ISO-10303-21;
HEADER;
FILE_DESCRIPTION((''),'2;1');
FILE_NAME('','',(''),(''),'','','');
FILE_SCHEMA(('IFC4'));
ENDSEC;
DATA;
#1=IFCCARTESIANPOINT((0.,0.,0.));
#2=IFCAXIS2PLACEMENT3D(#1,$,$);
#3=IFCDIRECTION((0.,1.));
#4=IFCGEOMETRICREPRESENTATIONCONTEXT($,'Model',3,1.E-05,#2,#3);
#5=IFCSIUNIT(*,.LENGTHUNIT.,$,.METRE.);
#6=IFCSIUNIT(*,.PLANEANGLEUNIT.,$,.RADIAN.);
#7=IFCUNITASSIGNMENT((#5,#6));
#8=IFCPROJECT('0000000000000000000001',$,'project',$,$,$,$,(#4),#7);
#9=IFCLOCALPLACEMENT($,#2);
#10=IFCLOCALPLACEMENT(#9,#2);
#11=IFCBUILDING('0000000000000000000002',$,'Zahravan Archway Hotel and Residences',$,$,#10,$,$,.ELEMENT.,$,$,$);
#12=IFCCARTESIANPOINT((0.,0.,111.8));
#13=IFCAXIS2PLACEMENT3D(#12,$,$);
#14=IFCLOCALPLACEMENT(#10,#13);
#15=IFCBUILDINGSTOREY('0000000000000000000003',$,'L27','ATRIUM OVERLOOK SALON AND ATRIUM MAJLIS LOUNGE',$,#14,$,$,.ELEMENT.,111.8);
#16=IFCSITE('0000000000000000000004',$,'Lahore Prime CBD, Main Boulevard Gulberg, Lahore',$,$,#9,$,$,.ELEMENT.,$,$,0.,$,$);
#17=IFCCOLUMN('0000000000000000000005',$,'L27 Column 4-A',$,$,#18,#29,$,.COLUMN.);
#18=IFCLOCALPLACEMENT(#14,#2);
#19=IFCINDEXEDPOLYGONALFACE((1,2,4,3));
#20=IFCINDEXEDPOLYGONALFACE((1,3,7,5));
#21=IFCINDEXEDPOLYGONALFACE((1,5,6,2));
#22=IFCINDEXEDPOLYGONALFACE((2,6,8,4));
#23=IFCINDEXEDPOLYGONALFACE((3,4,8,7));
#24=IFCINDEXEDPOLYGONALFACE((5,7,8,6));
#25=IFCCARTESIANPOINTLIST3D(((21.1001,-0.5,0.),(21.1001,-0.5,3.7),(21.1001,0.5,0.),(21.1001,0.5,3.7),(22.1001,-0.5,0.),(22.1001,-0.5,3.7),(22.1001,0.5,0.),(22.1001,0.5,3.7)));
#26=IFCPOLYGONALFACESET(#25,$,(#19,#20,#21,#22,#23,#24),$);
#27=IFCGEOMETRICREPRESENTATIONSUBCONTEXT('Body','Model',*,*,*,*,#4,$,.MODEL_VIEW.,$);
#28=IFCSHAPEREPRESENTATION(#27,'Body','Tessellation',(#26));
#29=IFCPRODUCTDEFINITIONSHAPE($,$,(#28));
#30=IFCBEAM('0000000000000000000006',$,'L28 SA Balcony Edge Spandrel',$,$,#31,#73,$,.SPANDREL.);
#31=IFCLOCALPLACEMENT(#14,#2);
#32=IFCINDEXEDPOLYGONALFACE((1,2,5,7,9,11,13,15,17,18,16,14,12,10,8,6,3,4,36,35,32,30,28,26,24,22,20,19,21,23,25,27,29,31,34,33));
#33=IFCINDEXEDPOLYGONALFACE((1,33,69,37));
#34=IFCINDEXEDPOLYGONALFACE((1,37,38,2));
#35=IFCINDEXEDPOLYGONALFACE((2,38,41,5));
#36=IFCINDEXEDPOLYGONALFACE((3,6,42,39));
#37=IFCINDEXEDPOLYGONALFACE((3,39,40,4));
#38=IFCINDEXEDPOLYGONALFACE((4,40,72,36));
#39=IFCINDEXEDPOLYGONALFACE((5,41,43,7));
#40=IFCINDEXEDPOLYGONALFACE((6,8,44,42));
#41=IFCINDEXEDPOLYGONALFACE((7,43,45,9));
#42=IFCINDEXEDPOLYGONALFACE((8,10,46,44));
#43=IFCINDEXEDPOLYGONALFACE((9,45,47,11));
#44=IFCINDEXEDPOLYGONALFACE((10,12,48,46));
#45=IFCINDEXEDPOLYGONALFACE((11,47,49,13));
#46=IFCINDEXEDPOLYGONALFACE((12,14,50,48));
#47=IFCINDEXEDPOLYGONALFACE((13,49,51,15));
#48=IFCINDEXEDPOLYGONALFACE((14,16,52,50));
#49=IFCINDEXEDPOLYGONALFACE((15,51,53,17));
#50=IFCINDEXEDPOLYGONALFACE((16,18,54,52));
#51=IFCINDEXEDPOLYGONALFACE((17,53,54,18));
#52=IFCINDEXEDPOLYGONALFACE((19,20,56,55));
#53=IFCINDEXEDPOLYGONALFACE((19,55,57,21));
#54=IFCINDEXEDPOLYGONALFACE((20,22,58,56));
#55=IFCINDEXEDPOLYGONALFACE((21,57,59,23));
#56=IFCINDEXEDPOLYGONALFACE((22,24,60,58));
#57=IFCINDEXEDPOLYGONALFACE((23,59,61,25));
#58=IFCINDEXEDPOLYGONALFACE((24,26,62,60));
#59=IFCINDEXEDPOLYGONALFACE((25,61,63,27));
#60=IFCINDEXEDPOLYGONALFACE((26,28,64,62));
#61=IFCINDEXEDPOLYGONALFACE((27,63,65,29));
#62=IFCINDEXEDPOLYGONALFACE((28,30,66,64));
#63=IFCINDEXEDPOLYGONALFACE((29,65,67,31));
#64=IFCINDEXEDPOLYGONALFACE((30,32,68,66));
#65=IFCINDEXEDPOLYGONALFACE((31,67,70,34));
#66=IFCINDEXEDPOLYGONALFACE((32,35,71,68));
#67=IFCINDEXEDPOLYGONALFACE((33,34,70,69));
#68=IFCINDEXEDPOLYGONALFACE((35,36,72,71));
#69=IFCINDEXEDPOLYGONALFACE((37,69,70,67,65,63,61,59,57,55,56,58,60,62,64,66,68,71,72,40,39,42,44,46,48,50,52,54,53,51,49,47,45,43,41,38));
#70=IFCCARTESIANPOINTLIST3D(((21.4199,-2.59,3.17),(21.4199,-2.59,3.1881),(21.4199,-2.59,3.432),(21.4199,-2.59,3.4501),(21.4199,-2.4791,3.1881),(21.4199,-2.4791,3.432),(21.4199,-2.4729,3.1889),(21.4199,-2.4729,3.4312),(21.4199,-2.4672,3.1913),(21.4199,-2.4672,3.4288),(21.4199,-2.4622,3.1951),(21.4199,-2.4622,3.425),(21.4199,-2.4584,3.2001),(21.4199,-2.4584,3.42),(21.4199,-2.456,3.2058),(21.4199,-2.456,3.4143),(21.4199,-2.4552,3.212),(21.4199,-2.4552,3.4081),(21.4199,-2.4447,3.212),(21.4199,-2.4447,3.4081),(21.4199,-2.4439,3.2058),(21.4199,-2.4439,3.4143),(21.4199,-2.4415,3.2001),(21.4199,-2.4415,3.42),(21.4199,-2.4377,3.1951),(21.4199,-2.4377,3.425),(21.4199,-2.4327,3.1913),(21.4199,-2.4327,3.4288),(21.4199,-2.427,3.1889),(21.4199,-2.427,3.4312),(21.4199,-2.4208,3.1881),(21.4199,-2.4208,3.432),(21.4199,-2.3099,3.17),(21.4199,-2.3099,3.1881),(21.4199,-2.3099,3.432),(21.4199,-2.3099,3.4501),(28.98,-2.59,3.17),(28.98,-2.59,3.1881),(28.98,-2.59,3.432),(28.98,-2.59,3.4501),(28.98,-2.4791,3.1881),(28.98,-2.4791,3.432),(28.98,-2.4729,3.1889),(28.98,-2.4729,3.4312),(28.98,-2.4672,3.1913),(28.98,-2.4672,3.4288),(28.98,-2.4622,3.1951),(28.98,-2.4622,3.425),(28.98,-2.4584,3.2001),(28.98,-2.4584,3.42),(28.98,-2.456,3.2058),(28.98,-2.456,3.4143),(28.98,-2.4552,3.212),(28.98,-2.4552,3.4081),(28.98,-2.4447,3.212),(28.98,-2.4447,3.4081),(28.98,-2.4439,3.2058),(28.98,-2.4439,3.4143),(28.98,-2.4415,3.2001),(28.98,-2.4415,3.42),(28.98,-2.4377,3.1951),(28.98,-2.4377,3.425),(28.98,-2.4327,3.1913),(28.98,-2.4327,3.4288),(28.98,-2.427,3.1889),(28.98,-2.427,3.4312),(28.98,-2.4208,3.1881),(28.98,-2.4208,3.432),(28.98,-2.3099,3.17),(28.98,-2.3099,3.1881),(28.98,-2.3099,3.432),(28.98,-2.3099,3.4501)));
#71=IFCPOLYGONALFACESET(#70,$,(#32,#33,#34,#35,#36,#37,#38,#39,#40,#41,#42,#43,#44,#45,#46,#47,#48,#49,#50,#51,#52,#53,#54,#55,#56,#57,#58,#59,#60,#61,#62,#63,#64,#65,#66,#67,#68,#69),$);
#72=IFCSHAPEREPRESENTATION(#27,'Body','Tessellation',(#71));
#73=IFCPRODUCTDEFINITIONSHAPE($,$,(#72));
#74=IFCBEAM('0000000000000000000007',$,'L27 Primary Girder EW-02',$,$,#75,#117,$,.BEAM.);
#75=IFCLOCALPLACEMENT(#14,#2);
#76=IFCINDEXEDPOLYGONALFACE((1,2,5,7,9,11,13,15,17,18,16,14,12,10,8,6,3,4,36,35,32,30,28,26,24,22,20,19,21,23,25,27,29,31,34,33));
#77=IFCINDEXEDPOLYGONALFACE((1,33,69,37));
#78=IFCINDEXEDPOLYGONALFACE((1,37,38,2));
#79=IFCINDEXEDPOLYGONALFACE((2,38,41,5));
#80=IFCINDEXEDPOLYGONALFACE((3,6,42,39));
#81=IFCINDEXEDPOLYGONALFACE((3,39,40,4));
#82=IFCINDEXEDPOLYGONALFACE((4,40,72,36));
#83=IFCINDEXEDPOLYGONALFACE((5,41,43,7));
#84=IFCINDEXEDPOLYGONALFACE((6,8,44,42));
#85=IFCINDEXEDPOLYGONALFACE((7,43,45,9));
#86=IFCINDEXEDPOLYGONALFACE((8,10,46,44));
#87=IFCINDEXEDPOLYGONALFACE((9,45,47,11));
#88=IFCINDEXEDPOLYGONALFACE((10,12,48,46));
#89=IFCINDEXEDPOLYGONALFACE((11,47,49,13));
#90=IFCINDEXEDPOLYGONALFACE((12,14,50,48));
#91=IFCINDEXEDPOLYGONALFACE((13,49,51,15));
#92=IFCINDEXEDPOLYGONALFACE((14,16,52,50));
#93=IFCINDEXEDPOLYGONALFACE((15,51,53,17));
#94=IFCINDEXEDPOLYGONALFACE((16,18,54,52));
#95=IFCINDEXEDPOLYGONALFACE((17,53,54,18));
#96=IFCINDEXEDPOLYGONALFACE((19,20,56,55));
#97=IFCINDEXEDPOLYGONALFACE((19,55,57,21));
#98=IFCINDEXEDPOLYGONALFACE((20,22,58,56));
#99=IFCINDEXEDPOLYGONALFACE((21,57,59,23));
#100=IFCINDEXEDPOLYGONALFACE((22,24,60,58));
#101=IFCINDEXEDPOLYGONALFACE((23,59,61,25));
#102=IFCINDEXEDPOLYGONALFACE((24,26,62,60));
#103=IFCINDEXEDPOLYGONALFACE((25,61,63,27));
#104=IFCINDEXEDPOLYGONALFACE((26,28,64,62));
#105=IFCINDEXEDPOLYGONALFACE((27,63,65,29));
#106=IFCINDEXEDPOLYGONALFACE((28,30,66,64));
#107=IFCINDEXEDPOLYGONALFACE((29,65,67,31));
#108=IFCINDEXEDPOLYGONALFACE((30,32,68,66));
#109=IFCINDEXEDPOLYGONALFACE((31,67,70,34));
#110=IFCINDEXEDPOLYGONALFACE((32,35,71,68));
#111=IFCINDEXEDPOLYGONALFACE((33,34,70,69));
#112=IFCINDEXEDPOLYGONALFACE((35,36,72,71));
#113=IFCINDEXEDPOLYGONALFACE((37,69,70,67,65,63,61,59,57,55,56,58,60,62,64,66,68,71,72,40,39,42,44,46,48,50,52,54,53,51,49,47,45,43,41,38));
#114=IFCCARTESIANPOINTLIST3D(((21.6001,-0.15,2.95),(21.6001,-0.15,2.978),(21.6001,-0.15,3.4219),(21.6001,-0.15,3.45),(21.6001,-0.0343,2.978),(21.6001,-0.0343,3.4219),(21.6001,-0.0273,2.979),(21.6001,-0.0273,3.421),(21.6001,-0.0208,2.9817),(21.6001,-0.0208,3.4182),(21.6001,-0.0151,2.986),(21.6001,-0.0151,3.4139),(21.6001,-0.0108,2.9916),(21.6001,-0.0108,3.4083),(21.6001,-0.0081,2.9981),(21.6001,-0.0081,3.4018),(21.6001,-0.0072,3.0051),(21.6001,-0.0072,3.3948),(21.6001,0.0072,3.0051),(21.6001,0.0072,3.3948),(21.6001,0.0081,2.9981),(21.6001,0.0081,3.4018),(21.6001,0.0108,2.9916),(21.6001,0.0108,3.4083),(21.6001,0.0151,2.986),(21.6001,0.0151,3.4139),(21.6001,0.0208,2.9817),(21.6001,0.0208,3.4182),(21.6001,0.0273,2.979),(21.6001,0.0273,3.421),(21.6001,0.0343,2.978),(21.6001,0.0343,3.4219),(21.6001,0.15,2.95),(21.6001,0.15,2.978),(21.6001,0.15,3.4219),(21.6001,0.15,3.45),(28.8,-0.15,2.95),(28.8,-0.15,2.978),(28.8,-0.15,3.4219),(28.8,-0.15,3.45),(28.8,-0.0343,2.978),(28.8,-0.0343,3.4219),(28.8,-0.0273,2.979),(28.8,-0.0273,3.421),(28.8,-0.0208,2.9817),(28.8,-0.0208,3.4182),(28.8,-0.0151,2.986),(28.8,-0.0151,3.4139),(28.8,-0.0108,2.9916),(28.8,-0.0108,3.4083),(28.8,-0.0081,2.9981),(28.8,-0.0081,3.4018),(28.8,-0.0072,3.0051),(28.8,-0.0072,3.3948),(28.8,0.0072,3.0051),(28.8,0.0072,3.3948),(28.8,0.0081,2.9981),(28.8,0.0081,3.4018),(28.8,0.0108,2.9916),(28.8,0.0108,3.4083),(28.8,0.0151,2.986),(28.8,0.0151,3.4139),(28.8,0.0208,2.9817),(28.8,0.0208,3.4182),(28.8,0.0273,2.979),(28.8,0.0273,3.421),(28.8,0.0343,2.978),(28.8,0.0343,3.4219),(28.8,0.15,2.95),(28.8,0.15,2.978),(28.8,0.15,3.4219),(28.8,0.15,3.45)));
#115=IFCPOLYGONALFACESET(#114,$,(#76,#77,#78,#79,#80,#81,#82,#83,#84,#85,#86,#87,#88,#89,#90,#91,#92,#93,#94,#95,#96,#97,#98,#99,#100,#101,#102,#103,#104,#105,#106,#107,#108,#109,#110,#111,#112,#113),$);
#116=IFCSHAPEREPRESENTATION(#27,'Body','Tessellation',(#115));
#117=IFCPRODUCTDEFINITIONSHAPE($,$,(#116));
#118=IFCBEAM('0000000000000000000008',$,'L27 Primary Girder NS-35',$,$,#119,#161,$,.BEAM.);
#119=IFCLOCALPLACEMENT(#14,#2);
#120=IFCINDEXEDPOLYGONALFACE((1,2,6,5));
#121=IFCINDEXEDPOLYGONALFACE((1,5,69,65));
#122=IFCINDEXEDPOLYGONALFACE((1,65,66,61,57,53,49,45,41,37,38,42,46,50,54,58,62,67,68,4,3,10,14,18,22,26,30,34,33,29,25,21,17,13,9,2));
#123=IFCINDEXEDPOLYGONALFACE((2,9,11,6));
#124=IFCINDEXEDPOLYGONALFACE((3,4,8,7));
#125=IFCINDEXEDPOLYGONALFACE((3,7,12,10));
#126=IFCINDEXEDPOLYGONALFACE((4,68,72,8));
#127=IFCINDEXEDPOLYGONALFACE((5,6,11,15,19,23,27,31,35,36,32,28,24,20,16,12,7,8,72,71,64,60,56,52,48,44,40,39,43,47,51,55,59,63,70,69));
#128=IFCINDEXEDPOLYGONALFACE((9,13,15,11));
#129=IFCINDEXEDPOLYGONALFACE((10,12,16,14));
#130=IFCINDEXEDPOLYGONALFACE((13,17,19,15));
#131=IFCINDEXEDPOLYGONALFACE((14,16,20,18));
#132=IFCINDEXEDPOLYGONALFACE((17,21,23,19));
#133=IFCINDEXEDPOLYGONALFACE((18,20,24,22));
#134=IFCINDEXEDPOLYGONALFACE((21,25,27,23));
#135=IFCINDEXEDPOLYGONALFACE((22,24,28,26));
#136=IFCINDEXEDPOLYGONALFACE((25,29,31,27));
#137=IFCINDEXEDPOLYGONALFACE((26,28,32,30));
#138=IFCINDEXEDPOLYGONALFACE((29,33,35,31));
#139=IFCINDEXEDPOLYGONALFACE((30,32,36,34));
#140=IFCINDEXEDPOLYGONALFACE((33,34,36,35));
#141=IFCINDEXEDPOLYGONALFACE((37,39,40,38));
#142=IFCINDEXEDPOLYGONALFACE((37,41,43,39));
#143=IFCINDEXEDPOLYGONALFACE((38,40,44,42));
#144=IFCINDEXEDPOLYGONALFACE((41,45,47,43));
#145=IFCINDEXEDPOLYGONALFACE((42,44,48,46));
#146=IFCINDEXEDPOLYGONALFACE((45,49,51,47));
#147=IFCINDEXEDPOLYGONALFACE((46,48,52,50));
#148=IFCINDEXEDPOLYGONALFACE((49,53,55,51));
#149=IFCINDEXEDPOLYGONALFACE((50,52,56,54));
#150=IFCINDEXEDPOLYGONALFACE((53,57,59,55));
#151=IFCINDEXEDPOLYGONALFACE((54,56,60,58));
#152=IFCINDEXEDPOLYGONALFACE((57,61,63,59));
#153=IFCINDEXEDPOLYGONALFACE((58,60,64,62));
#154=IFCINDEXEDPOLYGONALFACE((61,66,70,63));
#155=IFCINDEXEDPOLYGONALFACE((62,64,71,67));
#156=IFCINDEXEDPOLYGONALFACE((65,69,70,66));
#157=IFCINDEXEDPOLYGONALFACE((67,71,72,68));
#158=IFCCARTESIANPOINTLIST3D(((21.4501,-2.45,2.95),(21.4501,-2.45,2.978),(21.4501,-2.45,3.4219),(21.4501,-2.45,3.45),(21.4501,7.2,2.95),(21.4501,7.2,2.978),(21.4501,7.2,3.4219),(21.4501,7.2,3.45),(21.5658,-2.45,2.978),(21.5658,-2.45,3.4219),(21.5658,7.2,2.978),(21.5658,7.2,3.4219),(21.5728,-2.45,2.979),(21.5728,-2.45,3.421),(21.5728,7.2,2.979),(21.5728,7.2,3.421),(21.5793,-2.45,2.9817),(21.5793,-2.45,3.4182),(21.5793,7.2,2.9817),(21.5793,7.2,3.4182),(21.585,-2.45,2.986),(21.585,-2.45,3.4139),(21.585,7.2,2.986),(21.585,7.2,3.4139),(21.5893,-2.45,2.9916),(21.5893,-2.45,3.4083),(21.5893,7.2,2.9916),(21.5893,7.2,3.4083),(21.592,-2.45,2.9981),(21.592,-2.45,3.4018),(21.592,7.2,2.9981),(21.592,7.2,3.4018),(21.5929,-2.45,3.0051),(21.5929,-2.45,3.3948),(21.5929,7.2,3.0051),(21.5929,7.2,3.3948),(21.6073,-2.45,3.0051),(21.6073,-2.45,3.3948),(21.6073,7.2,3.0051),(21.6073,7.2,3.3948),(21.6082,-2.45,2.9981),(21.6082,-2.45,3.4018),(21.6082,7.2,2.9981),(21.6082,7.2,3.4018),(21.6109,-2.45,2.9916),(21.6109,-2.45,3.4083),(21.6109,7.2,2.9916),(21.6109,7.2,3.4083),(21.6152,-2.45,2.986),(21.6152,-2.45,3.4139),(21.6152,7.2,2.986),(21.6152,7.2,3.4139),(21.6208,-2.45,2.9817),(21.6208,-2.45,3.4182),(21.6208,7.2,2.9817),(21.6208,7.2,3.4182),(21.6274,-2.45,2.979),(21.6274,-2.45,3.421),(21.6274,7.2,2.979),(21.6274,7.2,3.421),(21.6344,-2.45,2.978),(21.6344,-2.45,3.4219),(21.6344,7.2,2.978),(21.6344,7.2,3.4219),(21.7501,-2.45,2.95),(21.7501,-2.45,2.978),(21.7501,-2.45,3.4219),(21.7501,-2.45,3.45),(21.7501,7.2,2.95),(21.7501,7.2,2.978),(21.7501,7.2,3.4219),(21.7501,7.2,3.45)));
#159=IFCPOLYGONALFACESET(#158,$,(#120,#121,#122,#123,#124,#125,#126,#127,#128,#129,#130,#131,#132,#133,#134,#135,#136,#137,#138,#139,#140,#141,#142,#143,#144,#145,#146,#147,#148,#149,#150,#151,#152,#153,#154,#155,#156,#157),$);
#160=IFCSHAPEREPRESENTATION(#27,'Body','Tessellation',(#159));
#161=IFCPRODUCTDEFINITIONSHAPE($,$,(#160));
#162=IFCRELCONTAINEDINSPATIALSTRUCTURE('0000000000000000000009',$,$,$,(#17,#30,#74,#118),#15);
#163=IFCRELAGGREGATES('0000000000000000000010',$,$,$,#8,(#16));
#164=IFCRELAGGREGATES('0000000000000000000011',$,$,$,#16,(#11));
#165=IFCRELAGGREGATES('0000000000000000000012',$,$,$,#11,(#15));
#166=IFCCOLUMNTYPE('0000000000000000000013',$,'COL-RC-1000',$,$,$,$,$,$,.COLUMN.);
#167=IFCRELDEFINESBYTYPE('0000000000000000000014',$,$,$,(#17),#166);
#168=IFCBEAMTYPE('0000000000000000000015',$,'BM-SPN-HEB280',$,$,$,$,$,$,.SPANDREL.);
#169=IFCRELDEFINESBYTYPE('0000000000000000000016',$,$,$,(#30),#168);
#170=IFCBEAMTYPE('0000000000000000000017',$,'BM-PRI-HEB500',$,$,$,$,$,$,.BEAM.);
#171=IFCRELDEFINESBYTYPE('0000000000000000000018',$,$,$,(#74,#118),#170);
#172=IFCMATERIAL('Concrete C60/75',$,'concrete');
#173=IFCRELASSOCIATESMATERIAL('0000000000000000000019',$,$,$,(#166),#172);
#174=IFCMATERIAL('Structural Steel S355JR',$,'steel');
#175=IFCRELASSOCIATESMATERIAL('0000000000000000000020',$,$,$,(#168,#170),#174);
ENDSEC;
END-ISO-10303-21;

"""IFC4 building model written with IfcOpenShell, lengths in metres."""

from ifc_helpers import new_model, si_unit, direction, frame, origin, origin_2d, place, context, subcontext, project, spatial, rectangle, i_section, extrude, source, transform, mapped, material, material_profile, profile_set, type_object, type_shapes, element, save


model = new_model("IFC4")

# Units and contexts
model_context = context("Model", 3, precision=1e-05, world=origin(), true_north=direction((0.0, 1.0)))
body_context = subcontext(model_context, "Body", "Model", "MODEL_VIEW")
ifc_project = project(units=[si_unit("LENGTHUNIT", "METRE"), si_unit("PLANEANGLEUNIT", "RADIAN")], contexts=[model_context])

# Site, building, storey
site_placement = place(None, origin())
site = spatial("IfcSite", under=ifc_project, at=site_placement, Name="Lahore Prime CBD, Main Boulevard Gulberg, Lahore", CompositionType="ELEMENT", RefElevation=0.0)
building_placement = place(site_placement, origin())
building = spatial("IfcBuilding", under=site, at=building_placement, Name="Zahravan Archway Hotel and Residences", CompositionType="ELEMENT")
storey_placement = place(building_placement, frame((0.0, 0.0, 111.8)))
storey = spatial("IfcBuildingStorey", under=building, at=storey_placement, Name="L27", Description="ATRIUM OVERLOOK SALON AND ATRIUM MAJLIS LOUNGE", CompositionType="ELEMENT", Elevation=111.8)

# Column
ifc_material_1 = material(Name="Concrete C60/75", Category="concrete")
ifc_material_profile_1 = material_profile(ifc_material_1, rectangle(XDim=1.0, YDim=1.0, at=origin_2d()), Name="RC-COL-1000x1000", Category="concrete")
ifc_profile_set_1 = profile_set([ifc_material_profile_1], Name="Concrete C60/75")
column_type = type_object("IfcColumnType", Name="COL-RC-1000", PredefinedType="COLUMN", material=ifc_profile_set_1)
shared_shape_1 = source(origin(), body_context, "Body", "SweptSolid", [
    extrude(rectangle(XDim=1.0, YDim=1.0, at=origin_2d()), origin(), (0.0, 0.0, 1.0), 3.7),
])
type_shapes(column_type, [shared_shape_1])
column_placement = place(storey_placement, frame((21.6001, 0.0, 0.0), z_axis=(0.0, 0.0, 1.0), x_axis=(1.0, 0.0, 0.0)))
element("IfcColumn", 1, at=column_placement, inside=storey, type_object=column_type, Name="L27 Column 4-A", PredefinedType="COLUMN", context=body_context, shape_type="MappedRepresentation", body=[
    mapped(shared_shape_1, transform((0.0, 0.0, 0.0), scale=1.0)),
])

# Beams
ifc_material_2 = material(Name="Structural Steel S355JR", Category="steel")
ifc_material_profile_2 = material_profile(ifc_material_2, i_section(OverallWidth=0.28, OverallDepth=0.28, WebThickness=0.0105, FlangeThickness=0.0181, FilletRadius=0.0239, at=origin_2d()), Name="HEB 280", Category="steel")
ifc_profile_set_2 = profile_set([ifc_material_profile_2], Name="Structural Steel S355JR")
beam_type_1 = type_object("IfcBeamType", Name="BM-SPN-HEB280", PredefinedType="SPANDREL", material=ifc_profile_set_2)
shared_shape_2 = source(origin(), body_context, "Body", "SweptSolid", [
    extrude(i_section(OverallWidth=0.28, OverallDepth=0.28, WebThickness=0.0105, FlangeThickness=0.0181, FilletRadius=0.0239, at=origin_2d()), origin(), (0.0, 0.0, 1.0), 7.5601),
])
type_shapes(beam_type_1, [shared_shape_2])
beam_1_placement = place(storey_placement, frame((21.4199, -2.45, 3.3101), z_axis=(1.0, 0.0, 0.0), x_axis=(0.0, 1.0, 0.0)))
element("IfcBeam", 2, at=beam_1_placement, inside=storey, type_object=beam_type_1, Name="L28 SA Balcony Edge Spandrel", PredefinedType="SPANDREL", context=body_context, shape_type="MappedRepresentation", body=[
    mapped(shared_shape_2, transform((0.0, 0.0, 0.0), scale=1.0)),
])
ifc_material_profile_3 = material_profile(ifc_material_2, i_section(OverallWidth=0.3, OverallDepth=0.5, WebThickness=0.0144, FlangeThickness=0.0281, FilletRadius=0.0271, at=origin_2d()), Name="HEB 500", Category="steel")
ifc_profile_set_3 = profile_set([ifc_material_profile_3], Name="Structural Steel S355JR")
beam_type_2 = type_object("IfcBeamType", Name="BM-PRI-HEB500", PredefinedType="BEAM", material=ifc_profile_set_3)
shared_shape_3 = source(origin(), body_context, "Body", "SweptSolid", [
    extrude(i_section(OverallWidth=0.3, OverallDepth=0.5, WebThickness=0.0144, FlangeThickness=0.0281, FilletRadius=0.0271, at=origin_2d()), origin(), (0.0, 0.0, 1.0), 7.2),
])
beam_2_placement = place(storey_placement, frame((21.6001, 0.0, 3.2), z_axis=(1.0, 0.0, 0.0), x_axis=(0.0, 1.0, 0.0)))
element("IfcBeam", 3, at=beam_2_placement, inside=storey, type_object=beam_type_2, Name="L27 Primary Girder EW-02", PredefinedType="BEAM", context=body_context, shape_type="MappedRepresentation", body=[
    mapped(shared_shape_3, transform((0.0, 0.0, 0.0), scale=1.0)),
])
shared_shape_4 = source(origin(), body_context, "Body", "SweptSolid", [
    extrude(i_section(OverallWidth=0.3, OverallDepth=0.5, WebThickness=0.0144, FlangeThickness=0.0281, FilletRadius=0.0271, at=origin_2d()), origin(), (0.0, 0.0, 1.0), 9.6499),
])
beam_3_placement = place(storey_placement, frame((21.6001, -2.45, 3.2), z_axis=(0.0, 1.0, 0.0), x_axis=(-1.0, 0.0, 0.0)))
element("IfcBeam", 4, at=beam_3_placement, inside=storey, type_object=beam_type_2, Name="L27 Primary Girder NS-35", PredefinedType="BEAM", context=body_context, shape_type="MappedRepresentation", body=[
    mapped(shared_shape_4, transform((0.0, 0.0, 0.0), scale=1.0)),
])

save(model, "model.ifc")
